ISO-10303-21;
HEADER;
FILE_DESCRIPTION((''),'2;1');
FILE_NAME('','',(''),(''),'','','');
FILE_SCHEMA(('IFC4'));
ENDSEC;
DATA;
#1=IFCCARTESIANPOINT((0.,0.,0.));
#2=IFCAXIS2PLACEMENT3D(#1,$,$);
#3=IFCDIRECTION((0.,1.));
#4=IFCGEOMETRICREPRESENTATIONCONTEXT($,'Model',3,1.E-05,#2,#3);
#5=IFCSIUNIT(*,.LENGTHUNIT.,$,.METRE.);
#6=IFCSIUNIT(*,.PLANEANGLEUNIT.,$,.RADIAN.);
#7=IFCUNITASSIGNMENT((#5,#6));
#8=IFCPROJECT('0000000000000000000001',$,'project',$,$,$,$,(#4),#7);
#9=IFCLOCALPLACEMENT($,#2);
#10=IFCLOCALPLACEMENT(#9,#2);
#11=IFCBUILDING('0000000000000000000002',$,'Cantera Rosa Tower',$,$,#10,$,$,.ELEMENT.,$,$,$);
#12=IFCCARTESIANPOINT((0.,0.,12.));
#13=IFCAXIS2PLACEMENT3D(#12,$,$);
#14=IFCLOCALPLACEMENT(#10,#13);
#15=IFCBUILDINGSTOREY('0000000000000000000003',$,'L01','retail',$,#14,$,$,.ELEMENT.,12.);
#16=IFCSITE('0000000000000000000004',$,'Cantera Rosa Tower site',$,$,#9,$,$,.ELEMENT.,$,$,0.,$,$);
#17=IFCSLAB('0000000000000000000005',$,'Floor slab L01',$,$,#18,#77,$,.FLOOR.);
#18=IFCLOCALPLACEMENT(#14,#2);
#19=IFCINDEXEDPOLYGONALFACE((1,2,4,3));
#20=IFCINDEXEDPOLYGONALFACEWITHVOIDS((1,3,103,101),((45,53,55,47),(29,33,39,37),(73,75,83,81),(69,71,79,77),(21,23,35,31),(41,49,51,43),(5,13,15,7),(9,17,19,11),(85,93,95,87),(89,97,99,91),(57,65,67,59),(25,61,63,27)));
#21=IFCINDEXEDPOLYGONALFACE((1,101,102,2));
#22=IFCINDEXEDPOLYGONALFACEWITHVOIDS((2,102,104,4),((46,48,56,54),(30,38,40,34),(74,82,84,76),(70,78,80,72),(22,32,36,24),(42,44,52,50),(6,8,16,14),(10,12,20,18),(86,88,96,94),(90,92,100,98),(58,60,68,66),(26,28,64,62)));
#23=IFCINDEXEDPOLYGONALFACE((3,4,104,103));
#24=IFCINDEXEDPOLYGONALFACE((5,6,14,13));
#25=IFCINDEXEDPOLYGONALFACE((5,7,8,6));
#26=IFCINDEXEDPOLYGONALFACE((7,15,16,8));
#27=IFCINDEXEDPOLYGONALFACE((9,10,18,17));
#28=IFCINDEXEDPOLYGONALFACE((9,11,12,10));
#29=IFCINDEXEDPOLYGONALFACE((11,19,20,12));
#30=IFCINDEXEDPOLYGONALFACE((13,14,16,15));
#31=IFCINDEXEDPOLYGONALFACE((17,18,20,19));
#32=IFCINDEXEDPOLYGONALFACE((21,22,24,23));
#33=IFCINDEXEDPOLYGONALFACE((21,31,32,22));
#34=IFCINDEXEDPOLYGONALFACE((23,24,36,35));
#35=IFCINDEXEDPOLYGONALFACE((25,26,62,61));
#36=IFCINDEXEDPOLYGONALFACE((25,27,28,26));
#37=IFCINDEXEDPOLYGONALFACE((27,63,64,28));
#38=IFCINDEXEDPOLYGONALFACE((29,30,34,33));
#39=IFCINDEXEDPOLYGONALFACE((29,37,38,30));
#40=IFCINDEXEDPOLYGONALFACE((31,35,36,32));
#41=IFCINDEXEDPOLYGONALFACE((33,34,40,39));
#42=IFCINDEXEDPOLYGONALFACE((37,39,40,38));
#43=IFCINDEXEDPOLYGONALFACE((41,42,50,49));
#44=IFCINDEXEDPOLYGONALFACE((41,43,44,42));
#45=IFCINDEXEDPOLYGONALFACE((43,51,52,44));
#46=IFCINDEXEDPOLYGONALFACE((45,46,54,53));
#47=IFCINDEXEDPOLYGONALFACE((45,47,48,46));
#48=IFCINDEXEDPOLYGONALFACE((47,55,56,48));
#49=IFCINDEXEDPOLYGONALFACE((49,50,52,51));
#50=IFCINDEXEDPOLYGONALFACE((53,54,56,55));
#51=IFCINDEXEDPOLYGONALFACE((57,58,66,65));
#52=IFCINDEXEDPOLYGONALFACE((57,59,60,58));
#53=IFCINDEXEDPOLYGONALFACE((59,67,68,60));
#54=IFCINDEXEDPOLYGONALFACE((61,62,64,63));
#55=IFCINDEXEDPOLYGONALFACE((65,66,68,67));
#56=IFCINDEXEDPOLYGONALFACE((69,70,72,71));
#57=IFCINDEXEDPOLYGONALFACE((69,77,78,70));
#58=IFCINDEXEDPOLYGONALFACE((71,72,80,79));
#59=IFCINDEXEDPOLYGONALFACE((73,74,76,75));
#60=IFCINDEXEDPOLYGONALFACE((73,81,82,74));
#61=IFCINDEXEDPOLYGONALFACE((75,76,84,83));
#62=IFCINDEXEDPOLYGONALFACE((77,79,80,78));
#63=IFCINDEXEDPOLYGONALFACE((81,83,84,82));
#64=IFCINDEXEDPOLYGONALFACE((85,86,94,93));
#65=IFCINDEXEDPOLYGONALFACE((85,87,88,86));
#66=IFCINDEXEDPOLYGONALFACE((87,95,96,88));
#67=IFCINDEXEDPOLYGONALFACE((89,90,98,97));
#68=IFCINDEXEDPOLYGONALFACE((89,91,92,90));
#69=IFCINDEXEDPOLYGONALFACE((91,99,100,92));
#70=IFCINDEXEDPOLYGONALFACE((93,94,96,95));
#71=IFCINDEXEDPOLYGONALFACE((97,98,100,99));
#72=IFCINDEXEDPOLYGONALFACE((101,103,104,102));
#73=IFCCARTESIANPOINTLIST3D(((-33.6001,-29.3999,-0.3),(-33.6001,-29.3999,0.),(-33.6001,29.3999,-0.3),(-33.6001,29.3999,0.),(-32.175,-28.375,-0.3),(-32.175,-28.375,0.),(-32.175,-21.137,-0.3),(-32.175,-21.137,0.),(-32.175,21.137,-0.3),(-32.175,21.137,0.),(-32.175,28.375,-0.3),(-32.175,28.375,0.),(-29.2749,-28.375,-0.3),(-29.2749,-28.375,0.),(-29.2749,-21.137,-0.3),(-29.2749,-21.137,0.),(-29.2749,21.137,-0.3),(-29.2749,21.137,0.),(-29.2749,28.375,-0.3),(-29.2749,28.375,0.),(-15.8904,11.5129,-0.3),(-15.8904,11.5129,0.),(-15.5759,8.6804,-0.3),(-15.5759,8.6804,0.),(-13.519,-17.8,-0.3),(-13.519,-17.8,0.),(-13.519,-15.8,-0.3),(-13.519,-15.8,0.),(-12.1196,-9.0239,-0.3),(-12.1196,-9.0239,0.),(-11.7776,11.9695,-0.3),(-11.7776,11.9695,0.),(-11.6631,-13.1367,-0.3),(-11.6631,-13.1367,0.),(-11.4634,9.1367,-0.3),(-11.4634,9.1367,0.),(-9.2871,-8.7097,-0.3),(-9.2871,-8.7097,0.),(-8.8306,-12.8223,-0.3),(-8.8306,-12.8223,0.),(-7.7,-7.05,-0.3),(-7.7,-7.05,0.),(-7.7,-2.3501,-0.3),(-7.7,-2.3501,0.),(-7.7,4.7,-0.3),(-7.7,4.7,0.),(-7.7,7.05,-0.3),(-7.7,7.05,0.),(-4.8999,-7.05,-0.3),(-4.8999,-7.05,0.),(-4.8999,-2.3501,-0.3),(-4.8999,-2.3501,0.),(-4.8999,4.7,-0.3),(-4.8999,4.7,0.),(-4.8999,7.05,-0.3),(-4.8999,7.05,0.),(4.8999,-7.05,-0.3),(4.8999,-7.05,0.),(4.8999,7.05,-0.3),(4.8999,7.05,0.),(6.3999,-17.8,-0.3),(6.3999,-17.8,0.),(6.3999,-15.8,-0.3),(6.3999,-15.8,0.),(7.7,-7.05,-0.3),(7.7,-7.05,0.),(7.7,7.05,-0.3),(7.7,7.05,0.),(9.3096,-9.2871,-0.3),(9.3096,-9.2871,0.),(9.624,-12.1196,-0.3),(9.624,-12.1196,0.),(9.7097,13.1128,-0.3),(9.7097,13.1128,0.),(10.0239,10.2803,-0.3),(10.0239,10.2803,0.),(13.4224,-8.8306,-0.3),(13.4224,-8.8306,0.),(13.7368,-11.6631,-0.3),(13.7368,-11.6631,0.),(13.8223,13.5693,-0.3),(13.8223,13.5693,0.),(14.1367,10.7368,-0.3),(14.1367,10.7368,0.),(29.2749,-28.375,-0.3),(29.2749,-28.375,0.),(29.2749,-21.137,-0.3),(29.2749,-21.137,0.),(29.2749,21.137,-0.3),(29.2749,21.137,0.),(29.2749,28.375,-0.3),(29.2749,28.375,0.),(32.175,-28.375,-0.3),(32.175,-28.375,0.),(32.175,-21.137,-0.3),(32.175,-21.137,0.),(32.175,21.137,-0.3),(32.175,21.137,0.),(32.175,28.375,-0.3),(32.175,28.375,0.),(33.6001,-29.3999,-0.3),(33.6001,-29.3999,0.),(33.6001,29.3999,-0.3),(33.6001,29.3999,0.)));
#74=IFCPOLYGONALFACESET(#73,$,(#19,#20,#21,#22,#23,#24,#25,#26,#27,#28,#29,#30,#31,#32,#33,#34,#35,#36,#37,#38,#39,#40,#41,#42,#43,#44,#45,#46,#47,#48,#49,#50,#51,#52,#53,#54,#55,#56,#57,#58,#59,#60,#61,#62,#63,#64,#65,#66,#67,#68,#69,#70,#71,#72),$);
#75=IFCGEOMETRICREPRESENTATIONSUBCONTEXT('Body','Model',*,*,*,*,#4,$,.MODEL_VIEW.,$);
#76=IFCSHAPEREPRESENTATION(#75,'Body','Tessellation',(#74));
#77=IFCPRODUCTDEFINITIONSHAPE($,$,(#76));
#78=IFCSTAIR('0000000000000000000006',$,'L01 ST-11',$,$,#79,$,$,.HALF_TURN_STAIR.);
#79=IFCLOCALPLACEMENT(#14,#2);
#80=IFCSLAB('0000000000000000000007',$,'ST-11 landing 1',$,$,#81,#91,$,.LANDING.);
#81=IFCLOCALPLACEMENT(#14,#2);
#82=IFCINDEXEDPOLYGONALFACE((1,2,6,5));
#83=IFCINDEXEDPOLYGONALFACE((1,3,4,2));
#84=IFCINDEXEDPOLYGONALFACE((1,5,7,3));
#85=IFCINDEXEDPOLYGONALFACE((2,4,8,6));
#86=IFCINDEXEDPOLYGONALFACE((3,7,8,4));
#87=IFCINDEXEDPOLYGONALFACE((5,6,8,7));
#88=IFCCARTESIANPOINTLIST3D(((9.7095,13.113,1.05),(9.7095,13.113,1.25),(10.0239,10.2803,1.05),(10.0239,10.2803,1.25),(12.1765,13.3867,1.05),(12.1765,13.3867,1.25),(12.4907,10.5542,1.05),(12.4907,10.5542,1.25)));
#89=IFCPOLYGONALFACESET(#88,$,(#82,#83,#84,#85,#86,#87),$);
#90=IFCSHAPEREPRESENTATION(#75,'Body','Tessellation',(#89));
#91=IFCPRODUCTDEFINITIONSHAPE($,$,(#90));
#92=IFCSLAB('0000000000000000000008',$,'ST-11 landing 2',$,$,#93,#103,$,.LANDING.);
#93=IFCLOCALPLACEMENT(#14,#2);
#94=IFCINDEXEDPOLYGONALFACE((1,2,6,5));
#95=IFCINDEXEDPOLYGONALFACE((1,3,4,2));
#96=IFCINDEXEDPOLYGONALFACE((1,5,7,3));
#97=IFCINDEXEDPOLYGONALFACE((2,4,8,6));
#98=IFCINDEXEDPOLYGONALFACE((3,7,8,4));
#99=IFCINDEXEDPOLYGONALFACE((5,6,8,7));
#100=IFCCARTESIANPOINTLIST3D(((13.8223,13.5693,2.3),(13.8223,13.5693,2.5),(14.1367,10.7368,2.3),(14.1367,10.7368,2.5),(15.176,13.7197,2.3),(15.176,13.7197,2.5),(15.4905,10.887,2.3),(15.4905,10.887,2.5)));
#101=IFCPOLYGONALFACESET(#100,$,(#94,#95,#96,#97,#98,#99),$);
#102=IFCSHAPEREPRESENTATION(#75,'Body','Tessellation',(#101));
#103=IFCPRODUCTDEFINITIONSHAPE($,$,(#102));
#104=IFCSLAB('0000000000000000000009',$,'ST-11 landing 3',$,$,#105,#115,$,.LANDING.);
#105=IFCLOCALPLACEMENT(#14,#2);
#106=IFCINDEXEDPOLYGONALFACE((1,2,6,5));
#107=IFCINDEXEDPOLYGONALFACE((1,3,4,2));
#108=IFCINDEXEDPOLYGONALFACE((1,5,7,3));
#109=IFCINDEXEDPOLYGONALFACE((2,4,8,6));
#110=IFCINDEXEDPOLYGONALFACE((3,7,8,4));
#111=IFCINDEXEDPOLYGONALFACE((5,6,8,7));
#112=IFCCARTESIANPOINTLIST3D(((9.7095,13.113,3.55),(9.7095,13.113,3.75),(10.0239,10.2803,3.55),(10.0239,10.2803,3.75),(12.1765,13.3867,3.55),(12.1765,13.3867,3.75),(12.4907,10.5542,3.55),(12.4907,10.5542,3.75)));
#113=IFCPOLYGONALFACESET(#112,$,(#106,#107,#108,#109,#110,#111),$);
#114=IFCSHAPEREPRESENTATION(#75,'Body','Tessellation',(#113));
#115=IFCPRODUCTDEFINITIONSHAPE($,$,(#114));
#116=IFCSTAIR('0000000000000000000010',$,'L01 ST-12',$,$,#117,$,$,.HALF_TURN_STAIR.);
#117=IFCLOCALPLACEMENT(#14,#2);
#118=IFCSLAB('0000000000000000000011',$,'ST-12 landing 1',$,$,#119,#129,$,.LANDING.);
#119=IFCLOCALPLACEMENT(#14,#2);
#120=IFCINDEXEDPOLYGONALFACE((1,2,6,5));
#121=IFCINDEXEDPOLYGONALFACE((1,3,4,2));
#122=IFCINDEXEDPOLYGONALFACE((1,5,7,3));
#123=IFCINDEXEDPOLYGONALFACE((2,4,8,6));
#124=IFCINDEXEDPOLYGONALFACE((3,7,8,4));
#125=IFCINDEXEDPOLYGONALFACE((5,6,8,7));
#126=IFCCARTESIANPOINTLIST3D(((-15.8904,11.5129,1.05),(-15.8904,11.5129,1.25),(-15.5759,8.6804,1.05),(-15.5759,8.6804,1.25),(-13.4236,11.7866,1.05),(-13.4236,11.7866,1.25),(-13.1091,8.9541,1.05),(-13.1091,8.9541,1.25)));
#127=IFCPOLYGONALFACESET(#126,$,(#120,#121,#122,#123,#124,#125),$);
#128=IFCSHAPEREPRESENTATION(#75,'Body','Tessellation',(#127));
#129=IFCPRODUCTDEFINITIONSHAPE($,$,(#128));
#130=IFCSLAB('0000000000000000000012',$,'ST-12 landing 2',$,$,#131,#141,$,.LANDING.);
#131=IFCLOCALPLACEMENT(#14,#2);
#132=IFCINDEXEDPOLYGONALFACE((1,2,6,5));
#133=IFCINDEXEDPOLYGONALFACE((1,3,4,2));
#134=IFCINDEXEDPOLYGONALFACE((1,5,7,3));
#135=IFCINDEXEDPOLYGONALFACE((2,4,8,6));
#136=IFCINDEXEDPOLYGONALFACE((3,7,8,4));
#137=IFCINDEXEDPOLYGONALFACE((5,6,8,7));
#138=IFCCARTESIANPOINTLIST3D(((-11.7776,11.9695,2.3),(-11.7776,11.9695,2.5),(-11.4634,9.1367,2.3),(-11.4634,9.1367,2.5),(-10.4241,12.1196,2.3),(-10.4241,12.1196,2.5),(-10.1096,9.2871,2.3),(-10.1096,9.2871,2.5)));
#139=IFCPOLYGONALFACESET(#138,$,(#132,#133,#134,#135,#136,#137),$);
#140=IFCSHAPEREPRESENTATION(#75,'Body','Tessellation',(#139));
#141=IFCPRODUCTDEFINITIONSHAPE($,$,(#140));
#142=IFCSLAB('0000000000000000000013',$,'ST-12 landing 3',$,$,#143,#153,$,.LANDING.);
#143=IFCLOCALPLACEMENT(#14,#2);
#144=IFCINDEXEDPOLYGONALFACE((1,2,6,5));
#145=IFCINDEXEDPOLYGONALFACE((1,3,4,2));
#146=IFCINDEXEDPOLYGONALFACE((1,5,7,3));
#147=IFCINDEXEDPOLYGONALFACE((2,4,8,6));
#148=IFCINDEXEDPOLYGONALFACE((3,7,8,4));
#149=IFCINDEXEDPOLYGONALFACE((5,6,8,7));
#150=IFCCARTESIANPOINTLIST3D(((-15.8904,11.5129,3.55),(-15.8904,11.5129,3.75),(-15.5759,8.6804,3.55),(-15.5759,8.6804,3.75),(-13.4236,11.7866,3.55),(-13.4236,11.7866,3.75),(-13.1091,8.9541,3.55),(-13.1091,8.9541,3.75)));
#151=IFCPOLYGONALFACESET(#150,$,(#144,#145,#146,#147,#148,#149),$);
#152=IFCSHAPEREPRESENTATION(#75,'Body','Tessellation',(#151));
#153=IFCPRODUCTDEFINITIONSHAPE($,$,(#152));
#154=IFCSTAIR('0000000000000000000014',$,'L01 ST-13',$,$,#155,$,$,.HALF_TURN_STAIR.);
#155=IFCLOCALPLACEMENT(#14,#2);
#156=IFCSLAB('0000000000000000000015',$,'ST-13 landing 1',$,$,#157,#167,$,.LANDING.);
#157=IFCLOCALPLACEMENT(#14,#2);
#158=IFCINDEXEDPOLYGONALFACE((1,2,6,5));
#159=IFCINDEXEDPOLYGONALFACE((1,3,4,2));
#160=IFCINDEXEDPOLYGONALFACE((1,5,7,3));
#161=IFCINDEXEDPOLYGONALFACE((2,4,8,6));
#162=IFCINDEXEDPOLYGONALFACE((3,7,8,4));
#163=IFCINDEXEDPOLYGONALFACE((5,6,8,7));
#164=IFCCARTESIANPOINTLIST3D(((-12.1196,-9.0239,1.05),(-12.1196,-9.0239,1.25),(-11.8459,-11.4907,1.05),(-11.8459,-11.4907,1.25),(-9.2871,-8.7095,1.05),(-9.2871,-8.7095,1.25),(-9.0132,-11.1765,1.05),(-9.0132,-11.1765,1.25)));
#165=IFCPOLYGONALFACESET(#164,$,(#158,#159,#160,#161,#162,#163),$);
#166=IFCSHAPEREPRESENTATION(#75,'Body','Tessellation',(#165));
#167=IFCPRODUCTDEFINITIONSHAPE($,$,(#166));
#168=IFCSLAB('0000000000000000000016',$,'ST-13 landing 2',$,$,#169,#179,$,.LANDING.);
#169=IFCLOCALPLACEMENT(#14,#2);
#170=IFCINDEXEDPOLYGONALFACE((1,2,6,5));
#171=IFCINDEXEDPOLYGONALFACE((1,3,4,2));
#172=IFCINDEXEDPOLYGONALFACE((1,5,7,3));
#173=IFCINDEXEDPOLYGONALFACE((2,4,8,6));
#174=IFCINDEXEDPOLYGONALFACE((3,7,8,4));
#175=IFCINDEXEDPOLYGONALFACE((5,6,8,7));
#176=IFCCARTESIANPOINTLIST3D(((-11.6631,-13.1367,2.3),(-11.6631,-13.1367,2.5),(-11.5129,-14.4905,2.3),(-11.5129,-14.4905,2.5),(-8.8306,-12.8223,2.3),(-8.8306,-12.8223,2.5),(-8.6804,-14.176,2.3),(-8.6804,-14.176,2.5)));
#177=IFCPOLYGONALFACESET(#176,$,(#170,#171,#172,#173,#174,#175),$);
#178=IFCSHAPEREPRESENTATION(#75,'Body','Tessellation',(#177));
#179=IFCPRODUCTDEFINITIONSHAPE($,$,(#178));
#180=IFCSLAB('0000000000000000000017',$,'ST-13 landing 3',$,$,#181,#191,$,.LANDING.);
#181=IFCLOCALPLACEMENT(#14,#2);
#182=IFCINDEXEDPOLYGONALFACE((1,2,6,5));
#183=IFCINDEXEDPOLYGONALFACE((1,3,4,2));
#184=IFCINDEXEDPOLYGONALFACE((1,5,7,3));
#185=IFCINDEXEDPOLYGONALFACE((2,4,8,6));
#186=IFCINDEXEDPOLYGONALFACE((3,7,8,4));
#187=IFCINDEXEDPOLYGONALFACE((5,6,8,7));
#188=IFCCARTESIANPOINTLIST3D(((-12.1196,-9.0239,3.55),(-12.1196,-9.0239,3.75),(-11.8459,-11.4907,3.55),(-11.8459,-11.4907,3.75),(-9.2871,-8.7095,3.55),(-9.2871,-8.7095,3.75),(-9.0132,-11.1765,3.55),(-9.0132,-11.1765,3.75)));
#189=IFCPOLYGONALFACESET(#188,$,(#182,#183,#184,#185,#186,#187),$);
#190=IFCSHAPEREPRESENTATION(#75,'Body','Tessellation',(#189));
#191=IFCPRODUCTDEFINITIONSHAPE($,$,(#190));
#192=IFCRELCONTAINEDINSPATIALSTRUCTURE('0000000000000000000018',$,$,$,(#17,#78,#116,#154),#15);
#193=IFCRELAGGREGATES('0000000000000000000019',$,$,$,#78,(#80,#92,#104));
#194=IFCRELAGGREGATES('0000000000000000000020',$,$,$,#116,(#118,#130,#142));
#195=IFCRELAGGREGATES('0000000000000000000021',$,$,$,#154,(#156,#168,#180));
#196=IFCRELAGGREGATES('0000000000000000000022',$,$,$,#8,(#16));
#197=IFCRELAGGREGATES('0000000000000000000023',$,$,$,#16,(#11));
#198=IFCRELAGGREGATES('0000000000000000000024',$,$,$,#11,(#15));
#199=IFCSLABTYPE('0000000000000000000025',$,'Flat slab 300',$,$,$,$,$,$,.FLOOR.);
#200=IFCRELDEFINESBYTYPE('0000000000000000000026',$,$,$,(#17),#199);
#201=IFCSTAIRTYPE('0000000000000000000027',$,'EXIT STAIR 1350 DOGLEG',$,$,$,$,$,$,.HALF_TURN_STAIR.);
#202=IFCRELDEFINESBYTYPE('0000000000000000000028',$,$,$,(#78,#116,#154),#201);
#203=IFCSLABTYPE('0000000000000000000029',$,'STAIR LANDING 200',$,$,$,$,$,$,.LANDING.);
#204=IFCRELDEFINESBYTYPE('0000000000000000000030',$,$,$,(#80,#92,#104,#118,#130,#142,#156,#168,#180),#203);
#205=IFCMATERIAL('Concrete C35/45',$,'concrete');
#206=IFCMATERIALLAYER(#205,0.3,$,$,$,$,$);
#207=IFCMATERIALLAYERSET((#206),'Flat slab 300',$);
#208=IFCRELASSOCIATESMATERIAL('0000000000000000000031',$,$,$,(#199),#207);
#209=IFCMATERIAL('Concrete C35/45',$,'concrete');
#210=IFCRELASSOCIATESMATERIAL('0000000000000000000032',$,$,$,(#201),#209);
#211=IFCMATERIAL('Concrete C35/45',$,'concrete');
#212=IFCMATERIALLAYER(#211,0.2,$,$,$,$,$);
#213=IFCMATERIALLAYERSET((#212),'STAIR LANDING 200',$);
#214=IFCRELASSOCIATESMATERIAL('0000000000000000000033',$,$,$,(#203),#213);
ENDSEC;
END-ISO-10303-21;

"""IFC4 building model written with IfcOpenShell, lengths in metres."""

from ifc_helpers import new_model, si_unit, direction, frame, origin, place, context, subcontext, project, spatial, polyline, outline, extrude, material, layer, layer_set, type_object, element, aggregate, save


model = new_model("IFC4")

# Units and contexts
model_context = context("Model", 3, precision=1e-05, world=origin(), true_north=direction((0.0, 1.0)))
body_context = subcontext(model_context, "Body", "Model", "MODEL_VIEW")
ifc_project = project(units=[si_unit("LENGTHUNIT", "METRE"), si_unit("PLANEANGLEUNIT", "RADIAN")], contexts=[model_context])

# Site, building, storey
site_placement = place(None, origin())
site = spatial("IfcSite", under=ifc_project, at=site_placement, Name="Cantera Rosa Tower site", CompositionType="ELEMENT", RefElevation=0.0)
building_placement = place(site_placement, origin())
building = spatial("IfcBuilding", under=site, at=building_placement, Name="Cantera Rosa Tower", CompositionType="ELEMENT")
storey_placement = place(building_placement, frame((0.0, 0.0, 12.0)))
storey = spatial("IfcBuildingStorey", under=building, at=storey_placement, Name="L01", Description="retail", CompositionType="ELEMENT", Elevation=12.0)

# Slab
ifc_material_1 = material(Name="Concrete C35/45", Category="concrete")
ifc_layer_1 = layer(ifc_material_1, 0.3)
ifc_layer_set_1 = layer_set([ifc_layer_1], Name="Flat slab 300")
slab_type_1 = type_object("IfcSlabType", Name="Flat slab 300", PredefinedType="FLOOR", material=ifc_layer_set_1)
slab_1_placement = place(storey_placement, frame((0.0, 0.0, -0.3)))
element("IfcSlab", 1, at=slab_1_placement, inside=storey, type_object=slab_type_1, Name="Floor slab L01", PredefinedType="FLOOR", context=body_context, shape_type="SweptSolid", body=[
    extrude(outline(polyline([(-33.6001, -29.3999), (33.6001, -29.3999), (33.6001, 29.3999), (-33.6001, 29.3999), (-33.6001, -29.3999)]), holes=[polyline([(29.2749, -28.375), (32.175, -28.375), (32.175, -21.137), (29.2749, -21.137), (29.2749, -28.375)]), polyline([(32.175, 21.137), (32.175, 28.375), (29.2749, 28.375), (29.2749, 21.137), (32.175, 21.137)]), polyline([(13.8223, 13.5693), (9.7097, 13.1128), (10.0239, 10.2803), (14.1367, 10.7368), (13.8223, 13.5693)]), polyline([(9.3096, -9.2871), (9.624, -12.1196), (13.7368, -11.6631), (13.4224, -8.8306), (9.3096, -9.2871)]), polyline([(4.8999, -7.05), (7.7, -7.05), (7.7, 7.05), (4.8999, 7.05), (4.8999, -7.05)]), polyline([(6.3999, -15.8), (-13.519, -15.8), (-13.519, -17.8), (6.3999, -17.8), (6.3999, -15.8)]), polyline([(-4.8999, -7.05), (-4.8999, -2.3501), (-7.7, -2.3501), (-7.7, -7.05), (-4.8999, -7.05)]), polyline([(-4.8999, 7.05), (-7.7, 7.05), (-7.7, 4.7), (-4.8999, 4.7), (-4.8999, 7.05)]), polyline([(-9.2871, -8.7097), (-12.1196, -9.0239), (-11.6631, -13.1367), (-8.8306, -12.8223), (-9.2871, -8.7097)]), polyline([(-11.7776, 11.9695), (-15.8904, 11.5129), (-15.5759, 8.6804), (-11.4634, 9.1367), (-11.7776, 11.9695)]), polyline([(-32.175, -28.375), (-29.2749, -28.375), (-29.2749, -21.137), (-32.175, -21.137), (-32.175, -28.375)]), polyline([(-29.2749, 21.137), (-29.2749, 28.375), (-32.175, 28.375), (-32.175, 21.137), (-29.2749, 21.137)])]), origin(), (0.0, 0.0, 1.0), 0.3),
])

# Stairs, slabs
ifc_material_2 = material(Name="Concrete C35/45", Category="concrete")
stair_type = type_object("IfcStairType", Name="EXIT STAIR 1350 DOGLEG", PredefinedType="HALF_TURN_STAIR", material=ifc_material_2)
stair_1_placement = place(storey_placement, origin())
stair_1 = element("IfcStair", 2, at=stair_1_placement, inside=storey, type_object=stair_type, Name="L01 ST-11", PredefinedType="HALF_TURN_STAIR")
ifc_material_3 = material(Name="Concrete C35/45", Category="concrete")
ifc_layer_2 = layer(ifc_material_3, 0.2)
ifc_layer_set_2 = layer_set([ifc_layer_2], Name="STAIR LANDING 200")
slab_type_2 = type_object("IfcSlabType", Name="STAIR LANDING 200", PredefinedType="LANDING", material=ifc_layer_set_2)
slab_2_placement = place(storey_placement, frame((0.0, 0.0, 1.05)))
slab_2 = element("IfcSlab", 3, at=slab_2_placement, type_object=slab_type_2, Name="ST-11 landing 1", PredefinedType="LANDING", context=body_context, shape_type="SweptSolid", body=[
    extrude(outline(polyline([(12.1765, 13.3867), (9.7095, 13.113), (10.0239, 10.2803), (12.4907, 10.5542), (12.1765, 13.3867)])), origin(), (0.0, 0.0, 1.0), 0.2),
])
slab_3_placement = place(storey_placement, frame((0.0, 0.0, 2.3)))
slab_3 = element("IfcSlab", 4, at=slab_3_placement, type_object=slab_type_2, Name="ST-11 landing 2", PredefinedType="LANDING", context=body_context, shape_type="SweptSolid", body=[
    extrude(outline(polyline([(15.176, 13.7197), (13.8223, 13.5693), (14.1367, 10.7368), (15.4905, 10.887), (15.176, 13.7197)])), origin(), (0.0, 0.0, 1.0), 0.2),
])
slab_4_placement = place(storey_placement, frame((0.0, 0.0, 3.55)))
slab_4 = element("IfcSlab", 5, at=slab_4_placement, type_object=slab_type_2, Name="ST-11 landing 3", PredefinedType="LANDING", context=body_context, shape_type="SweptSolid", body=[
    extrude(outline(polyline([(12.1765, 13.3867), (9.7095, 13.113), (10.0239, 10.2803), (12.4907, 10.5542), (12.1765, 13.3867)])), origin(), (0.0, 0.0, 1.0), 0.2),
])
aggregate(stair_1, [slab_2, slab_3, slab_4])
stair_2_placement = place(storey_placement, origin())
stair_2 = element("IfcStair", 6, at=stair_2_placement, inside=storey, type_object=stair_type, Name="L01 ST-12", PredefinedType="HALF_TURN_STAIR")
slab_5_placement = place(storey_placement, frame((0.0, 0.0, 1.05)))
slab_5 = element("IfcSlab", 7, at=slab_5_placement, type_object=slab_type_2, Name="ST-12 landing 1", PredefinedType="LANDING", context=body_context, shape_type="SweptSolid", body=[
    extrude(outline(polyline([(-13.4236, 11.7866), (-15.8904, 11.5129), (-15.5759, 8.6804), (-13.1091, 8.9541), (-13.4236, 11.7866)])), origin(), (0.0, 0.0, 1.0), 0.2),
])
slab_6_placement = place(storey_placement, frame((0.0, 0.0, 2.3)))
slab_6 = element("IfcSlab", 8, at=slab_6_placement, type_object=slab_type_2, Name="ST-12 landing 2", PredefinedType="LANDING", context=body_context, shape_type="SweptSolid", body=[
    extrude(outline(polyline([(-10.4241, 12.1196), (-11.7776, 11.9695), (-11.4634, 9.1367), (-10.1096, 9.2871), (-10.4241, 12.1196)])), origin(), (0.0, 0.0, 1.0), 0.2),
])
slab_7_placement = place(storey_placement, frame((0.0, 0.0, 3.55)))
slab_7 = element("IfcSlab", 9, at=slab_7_placement, type_object=slab_type_2, Name="ST-12 landing 3", PredefinedType="LANDING", context=body_context, shape_type="SweptSolid", body=[
    extrude(outline(polyline([(-13.4236, 11.7866), (-15.8904, 11.5129), (-15.5759, 8.6804), (-13.1091, 8.9541), (-13.4236, 11.7866)])), origin(), (0.0, 0.0, 1.0), 0.2),
])
aggregate(stair_2, [slab_5, slab_6, slab_7])
stair_3_placement = place(storey_placement, origin())
stair_3 = element("IfcStair", 10, at=stair_3_placement, inside=storey, type_object=stair_type, Name="L01 ST-13", PredefinedType="HALF_TURN_STAIR")
slab_8_placement = place(storey_placement, frame((0.0, 0.0, 1.05)))
slab_8 = element("IfcSlab", 11, at=slab_8_placement, type_object=slab_type_2, Name="ST-13 landing 1", PredefinedType="LANDING", context=body_context, shape_type="SweptSolid", body=[
    extrude(outline(polyline([(-9.0132, -11.1765), (-9.2871, -8.7095), (-12.1196, -9.0239), (-11.8459, -11.4907), (-9.0132, -11.1765)])), origin(), (0.0, 0.0, 1.0), 0.2),
])
slab_9_placement = place(storey_placement, frame((0.0, 0.0, 2.3)))
slab_9 = element("IfcSlab", 12, at=slab_9_placement, type_object=slab_type_2, Name="ST-13 landing 2", PredefinedType="LANDING", context=body_context, shape_type="SweptSolid", body=[
    extrude(outline(polyline([(-8.6804, -14.176), (-8.8306, -12.8223), (-11.6631, -13.1367), (-11.5129, -14.4905), (-8.6804, -14.176)])), origin(), (0.0, 0.0, 1.0), 0.2),
])
slab_10_placement = place(storey_placement, frame((0.0, 0.0, 3.55)))
slab_10 = element("IfcSlab", 13, at=slab_10_placement, type_object=slab_type_2, Name="ST-13 landing 3", PredefinedType="LANDING", context=body_context, shape_type="SweptSolid", body=[
    extrude(outline(polyline([(-9.0132, -11.1765), (-9.2871, -8.7095), (-12.1196, -9.0239), (-11.8459, -11.4907), (-9.0132, -11.1765)])), origin(), (0.0, 0.0, 1.0), 0.2),
])
aggregate(stair_3, [slab_8, slab_9, slab_10])

save(model, "model.ifc")
